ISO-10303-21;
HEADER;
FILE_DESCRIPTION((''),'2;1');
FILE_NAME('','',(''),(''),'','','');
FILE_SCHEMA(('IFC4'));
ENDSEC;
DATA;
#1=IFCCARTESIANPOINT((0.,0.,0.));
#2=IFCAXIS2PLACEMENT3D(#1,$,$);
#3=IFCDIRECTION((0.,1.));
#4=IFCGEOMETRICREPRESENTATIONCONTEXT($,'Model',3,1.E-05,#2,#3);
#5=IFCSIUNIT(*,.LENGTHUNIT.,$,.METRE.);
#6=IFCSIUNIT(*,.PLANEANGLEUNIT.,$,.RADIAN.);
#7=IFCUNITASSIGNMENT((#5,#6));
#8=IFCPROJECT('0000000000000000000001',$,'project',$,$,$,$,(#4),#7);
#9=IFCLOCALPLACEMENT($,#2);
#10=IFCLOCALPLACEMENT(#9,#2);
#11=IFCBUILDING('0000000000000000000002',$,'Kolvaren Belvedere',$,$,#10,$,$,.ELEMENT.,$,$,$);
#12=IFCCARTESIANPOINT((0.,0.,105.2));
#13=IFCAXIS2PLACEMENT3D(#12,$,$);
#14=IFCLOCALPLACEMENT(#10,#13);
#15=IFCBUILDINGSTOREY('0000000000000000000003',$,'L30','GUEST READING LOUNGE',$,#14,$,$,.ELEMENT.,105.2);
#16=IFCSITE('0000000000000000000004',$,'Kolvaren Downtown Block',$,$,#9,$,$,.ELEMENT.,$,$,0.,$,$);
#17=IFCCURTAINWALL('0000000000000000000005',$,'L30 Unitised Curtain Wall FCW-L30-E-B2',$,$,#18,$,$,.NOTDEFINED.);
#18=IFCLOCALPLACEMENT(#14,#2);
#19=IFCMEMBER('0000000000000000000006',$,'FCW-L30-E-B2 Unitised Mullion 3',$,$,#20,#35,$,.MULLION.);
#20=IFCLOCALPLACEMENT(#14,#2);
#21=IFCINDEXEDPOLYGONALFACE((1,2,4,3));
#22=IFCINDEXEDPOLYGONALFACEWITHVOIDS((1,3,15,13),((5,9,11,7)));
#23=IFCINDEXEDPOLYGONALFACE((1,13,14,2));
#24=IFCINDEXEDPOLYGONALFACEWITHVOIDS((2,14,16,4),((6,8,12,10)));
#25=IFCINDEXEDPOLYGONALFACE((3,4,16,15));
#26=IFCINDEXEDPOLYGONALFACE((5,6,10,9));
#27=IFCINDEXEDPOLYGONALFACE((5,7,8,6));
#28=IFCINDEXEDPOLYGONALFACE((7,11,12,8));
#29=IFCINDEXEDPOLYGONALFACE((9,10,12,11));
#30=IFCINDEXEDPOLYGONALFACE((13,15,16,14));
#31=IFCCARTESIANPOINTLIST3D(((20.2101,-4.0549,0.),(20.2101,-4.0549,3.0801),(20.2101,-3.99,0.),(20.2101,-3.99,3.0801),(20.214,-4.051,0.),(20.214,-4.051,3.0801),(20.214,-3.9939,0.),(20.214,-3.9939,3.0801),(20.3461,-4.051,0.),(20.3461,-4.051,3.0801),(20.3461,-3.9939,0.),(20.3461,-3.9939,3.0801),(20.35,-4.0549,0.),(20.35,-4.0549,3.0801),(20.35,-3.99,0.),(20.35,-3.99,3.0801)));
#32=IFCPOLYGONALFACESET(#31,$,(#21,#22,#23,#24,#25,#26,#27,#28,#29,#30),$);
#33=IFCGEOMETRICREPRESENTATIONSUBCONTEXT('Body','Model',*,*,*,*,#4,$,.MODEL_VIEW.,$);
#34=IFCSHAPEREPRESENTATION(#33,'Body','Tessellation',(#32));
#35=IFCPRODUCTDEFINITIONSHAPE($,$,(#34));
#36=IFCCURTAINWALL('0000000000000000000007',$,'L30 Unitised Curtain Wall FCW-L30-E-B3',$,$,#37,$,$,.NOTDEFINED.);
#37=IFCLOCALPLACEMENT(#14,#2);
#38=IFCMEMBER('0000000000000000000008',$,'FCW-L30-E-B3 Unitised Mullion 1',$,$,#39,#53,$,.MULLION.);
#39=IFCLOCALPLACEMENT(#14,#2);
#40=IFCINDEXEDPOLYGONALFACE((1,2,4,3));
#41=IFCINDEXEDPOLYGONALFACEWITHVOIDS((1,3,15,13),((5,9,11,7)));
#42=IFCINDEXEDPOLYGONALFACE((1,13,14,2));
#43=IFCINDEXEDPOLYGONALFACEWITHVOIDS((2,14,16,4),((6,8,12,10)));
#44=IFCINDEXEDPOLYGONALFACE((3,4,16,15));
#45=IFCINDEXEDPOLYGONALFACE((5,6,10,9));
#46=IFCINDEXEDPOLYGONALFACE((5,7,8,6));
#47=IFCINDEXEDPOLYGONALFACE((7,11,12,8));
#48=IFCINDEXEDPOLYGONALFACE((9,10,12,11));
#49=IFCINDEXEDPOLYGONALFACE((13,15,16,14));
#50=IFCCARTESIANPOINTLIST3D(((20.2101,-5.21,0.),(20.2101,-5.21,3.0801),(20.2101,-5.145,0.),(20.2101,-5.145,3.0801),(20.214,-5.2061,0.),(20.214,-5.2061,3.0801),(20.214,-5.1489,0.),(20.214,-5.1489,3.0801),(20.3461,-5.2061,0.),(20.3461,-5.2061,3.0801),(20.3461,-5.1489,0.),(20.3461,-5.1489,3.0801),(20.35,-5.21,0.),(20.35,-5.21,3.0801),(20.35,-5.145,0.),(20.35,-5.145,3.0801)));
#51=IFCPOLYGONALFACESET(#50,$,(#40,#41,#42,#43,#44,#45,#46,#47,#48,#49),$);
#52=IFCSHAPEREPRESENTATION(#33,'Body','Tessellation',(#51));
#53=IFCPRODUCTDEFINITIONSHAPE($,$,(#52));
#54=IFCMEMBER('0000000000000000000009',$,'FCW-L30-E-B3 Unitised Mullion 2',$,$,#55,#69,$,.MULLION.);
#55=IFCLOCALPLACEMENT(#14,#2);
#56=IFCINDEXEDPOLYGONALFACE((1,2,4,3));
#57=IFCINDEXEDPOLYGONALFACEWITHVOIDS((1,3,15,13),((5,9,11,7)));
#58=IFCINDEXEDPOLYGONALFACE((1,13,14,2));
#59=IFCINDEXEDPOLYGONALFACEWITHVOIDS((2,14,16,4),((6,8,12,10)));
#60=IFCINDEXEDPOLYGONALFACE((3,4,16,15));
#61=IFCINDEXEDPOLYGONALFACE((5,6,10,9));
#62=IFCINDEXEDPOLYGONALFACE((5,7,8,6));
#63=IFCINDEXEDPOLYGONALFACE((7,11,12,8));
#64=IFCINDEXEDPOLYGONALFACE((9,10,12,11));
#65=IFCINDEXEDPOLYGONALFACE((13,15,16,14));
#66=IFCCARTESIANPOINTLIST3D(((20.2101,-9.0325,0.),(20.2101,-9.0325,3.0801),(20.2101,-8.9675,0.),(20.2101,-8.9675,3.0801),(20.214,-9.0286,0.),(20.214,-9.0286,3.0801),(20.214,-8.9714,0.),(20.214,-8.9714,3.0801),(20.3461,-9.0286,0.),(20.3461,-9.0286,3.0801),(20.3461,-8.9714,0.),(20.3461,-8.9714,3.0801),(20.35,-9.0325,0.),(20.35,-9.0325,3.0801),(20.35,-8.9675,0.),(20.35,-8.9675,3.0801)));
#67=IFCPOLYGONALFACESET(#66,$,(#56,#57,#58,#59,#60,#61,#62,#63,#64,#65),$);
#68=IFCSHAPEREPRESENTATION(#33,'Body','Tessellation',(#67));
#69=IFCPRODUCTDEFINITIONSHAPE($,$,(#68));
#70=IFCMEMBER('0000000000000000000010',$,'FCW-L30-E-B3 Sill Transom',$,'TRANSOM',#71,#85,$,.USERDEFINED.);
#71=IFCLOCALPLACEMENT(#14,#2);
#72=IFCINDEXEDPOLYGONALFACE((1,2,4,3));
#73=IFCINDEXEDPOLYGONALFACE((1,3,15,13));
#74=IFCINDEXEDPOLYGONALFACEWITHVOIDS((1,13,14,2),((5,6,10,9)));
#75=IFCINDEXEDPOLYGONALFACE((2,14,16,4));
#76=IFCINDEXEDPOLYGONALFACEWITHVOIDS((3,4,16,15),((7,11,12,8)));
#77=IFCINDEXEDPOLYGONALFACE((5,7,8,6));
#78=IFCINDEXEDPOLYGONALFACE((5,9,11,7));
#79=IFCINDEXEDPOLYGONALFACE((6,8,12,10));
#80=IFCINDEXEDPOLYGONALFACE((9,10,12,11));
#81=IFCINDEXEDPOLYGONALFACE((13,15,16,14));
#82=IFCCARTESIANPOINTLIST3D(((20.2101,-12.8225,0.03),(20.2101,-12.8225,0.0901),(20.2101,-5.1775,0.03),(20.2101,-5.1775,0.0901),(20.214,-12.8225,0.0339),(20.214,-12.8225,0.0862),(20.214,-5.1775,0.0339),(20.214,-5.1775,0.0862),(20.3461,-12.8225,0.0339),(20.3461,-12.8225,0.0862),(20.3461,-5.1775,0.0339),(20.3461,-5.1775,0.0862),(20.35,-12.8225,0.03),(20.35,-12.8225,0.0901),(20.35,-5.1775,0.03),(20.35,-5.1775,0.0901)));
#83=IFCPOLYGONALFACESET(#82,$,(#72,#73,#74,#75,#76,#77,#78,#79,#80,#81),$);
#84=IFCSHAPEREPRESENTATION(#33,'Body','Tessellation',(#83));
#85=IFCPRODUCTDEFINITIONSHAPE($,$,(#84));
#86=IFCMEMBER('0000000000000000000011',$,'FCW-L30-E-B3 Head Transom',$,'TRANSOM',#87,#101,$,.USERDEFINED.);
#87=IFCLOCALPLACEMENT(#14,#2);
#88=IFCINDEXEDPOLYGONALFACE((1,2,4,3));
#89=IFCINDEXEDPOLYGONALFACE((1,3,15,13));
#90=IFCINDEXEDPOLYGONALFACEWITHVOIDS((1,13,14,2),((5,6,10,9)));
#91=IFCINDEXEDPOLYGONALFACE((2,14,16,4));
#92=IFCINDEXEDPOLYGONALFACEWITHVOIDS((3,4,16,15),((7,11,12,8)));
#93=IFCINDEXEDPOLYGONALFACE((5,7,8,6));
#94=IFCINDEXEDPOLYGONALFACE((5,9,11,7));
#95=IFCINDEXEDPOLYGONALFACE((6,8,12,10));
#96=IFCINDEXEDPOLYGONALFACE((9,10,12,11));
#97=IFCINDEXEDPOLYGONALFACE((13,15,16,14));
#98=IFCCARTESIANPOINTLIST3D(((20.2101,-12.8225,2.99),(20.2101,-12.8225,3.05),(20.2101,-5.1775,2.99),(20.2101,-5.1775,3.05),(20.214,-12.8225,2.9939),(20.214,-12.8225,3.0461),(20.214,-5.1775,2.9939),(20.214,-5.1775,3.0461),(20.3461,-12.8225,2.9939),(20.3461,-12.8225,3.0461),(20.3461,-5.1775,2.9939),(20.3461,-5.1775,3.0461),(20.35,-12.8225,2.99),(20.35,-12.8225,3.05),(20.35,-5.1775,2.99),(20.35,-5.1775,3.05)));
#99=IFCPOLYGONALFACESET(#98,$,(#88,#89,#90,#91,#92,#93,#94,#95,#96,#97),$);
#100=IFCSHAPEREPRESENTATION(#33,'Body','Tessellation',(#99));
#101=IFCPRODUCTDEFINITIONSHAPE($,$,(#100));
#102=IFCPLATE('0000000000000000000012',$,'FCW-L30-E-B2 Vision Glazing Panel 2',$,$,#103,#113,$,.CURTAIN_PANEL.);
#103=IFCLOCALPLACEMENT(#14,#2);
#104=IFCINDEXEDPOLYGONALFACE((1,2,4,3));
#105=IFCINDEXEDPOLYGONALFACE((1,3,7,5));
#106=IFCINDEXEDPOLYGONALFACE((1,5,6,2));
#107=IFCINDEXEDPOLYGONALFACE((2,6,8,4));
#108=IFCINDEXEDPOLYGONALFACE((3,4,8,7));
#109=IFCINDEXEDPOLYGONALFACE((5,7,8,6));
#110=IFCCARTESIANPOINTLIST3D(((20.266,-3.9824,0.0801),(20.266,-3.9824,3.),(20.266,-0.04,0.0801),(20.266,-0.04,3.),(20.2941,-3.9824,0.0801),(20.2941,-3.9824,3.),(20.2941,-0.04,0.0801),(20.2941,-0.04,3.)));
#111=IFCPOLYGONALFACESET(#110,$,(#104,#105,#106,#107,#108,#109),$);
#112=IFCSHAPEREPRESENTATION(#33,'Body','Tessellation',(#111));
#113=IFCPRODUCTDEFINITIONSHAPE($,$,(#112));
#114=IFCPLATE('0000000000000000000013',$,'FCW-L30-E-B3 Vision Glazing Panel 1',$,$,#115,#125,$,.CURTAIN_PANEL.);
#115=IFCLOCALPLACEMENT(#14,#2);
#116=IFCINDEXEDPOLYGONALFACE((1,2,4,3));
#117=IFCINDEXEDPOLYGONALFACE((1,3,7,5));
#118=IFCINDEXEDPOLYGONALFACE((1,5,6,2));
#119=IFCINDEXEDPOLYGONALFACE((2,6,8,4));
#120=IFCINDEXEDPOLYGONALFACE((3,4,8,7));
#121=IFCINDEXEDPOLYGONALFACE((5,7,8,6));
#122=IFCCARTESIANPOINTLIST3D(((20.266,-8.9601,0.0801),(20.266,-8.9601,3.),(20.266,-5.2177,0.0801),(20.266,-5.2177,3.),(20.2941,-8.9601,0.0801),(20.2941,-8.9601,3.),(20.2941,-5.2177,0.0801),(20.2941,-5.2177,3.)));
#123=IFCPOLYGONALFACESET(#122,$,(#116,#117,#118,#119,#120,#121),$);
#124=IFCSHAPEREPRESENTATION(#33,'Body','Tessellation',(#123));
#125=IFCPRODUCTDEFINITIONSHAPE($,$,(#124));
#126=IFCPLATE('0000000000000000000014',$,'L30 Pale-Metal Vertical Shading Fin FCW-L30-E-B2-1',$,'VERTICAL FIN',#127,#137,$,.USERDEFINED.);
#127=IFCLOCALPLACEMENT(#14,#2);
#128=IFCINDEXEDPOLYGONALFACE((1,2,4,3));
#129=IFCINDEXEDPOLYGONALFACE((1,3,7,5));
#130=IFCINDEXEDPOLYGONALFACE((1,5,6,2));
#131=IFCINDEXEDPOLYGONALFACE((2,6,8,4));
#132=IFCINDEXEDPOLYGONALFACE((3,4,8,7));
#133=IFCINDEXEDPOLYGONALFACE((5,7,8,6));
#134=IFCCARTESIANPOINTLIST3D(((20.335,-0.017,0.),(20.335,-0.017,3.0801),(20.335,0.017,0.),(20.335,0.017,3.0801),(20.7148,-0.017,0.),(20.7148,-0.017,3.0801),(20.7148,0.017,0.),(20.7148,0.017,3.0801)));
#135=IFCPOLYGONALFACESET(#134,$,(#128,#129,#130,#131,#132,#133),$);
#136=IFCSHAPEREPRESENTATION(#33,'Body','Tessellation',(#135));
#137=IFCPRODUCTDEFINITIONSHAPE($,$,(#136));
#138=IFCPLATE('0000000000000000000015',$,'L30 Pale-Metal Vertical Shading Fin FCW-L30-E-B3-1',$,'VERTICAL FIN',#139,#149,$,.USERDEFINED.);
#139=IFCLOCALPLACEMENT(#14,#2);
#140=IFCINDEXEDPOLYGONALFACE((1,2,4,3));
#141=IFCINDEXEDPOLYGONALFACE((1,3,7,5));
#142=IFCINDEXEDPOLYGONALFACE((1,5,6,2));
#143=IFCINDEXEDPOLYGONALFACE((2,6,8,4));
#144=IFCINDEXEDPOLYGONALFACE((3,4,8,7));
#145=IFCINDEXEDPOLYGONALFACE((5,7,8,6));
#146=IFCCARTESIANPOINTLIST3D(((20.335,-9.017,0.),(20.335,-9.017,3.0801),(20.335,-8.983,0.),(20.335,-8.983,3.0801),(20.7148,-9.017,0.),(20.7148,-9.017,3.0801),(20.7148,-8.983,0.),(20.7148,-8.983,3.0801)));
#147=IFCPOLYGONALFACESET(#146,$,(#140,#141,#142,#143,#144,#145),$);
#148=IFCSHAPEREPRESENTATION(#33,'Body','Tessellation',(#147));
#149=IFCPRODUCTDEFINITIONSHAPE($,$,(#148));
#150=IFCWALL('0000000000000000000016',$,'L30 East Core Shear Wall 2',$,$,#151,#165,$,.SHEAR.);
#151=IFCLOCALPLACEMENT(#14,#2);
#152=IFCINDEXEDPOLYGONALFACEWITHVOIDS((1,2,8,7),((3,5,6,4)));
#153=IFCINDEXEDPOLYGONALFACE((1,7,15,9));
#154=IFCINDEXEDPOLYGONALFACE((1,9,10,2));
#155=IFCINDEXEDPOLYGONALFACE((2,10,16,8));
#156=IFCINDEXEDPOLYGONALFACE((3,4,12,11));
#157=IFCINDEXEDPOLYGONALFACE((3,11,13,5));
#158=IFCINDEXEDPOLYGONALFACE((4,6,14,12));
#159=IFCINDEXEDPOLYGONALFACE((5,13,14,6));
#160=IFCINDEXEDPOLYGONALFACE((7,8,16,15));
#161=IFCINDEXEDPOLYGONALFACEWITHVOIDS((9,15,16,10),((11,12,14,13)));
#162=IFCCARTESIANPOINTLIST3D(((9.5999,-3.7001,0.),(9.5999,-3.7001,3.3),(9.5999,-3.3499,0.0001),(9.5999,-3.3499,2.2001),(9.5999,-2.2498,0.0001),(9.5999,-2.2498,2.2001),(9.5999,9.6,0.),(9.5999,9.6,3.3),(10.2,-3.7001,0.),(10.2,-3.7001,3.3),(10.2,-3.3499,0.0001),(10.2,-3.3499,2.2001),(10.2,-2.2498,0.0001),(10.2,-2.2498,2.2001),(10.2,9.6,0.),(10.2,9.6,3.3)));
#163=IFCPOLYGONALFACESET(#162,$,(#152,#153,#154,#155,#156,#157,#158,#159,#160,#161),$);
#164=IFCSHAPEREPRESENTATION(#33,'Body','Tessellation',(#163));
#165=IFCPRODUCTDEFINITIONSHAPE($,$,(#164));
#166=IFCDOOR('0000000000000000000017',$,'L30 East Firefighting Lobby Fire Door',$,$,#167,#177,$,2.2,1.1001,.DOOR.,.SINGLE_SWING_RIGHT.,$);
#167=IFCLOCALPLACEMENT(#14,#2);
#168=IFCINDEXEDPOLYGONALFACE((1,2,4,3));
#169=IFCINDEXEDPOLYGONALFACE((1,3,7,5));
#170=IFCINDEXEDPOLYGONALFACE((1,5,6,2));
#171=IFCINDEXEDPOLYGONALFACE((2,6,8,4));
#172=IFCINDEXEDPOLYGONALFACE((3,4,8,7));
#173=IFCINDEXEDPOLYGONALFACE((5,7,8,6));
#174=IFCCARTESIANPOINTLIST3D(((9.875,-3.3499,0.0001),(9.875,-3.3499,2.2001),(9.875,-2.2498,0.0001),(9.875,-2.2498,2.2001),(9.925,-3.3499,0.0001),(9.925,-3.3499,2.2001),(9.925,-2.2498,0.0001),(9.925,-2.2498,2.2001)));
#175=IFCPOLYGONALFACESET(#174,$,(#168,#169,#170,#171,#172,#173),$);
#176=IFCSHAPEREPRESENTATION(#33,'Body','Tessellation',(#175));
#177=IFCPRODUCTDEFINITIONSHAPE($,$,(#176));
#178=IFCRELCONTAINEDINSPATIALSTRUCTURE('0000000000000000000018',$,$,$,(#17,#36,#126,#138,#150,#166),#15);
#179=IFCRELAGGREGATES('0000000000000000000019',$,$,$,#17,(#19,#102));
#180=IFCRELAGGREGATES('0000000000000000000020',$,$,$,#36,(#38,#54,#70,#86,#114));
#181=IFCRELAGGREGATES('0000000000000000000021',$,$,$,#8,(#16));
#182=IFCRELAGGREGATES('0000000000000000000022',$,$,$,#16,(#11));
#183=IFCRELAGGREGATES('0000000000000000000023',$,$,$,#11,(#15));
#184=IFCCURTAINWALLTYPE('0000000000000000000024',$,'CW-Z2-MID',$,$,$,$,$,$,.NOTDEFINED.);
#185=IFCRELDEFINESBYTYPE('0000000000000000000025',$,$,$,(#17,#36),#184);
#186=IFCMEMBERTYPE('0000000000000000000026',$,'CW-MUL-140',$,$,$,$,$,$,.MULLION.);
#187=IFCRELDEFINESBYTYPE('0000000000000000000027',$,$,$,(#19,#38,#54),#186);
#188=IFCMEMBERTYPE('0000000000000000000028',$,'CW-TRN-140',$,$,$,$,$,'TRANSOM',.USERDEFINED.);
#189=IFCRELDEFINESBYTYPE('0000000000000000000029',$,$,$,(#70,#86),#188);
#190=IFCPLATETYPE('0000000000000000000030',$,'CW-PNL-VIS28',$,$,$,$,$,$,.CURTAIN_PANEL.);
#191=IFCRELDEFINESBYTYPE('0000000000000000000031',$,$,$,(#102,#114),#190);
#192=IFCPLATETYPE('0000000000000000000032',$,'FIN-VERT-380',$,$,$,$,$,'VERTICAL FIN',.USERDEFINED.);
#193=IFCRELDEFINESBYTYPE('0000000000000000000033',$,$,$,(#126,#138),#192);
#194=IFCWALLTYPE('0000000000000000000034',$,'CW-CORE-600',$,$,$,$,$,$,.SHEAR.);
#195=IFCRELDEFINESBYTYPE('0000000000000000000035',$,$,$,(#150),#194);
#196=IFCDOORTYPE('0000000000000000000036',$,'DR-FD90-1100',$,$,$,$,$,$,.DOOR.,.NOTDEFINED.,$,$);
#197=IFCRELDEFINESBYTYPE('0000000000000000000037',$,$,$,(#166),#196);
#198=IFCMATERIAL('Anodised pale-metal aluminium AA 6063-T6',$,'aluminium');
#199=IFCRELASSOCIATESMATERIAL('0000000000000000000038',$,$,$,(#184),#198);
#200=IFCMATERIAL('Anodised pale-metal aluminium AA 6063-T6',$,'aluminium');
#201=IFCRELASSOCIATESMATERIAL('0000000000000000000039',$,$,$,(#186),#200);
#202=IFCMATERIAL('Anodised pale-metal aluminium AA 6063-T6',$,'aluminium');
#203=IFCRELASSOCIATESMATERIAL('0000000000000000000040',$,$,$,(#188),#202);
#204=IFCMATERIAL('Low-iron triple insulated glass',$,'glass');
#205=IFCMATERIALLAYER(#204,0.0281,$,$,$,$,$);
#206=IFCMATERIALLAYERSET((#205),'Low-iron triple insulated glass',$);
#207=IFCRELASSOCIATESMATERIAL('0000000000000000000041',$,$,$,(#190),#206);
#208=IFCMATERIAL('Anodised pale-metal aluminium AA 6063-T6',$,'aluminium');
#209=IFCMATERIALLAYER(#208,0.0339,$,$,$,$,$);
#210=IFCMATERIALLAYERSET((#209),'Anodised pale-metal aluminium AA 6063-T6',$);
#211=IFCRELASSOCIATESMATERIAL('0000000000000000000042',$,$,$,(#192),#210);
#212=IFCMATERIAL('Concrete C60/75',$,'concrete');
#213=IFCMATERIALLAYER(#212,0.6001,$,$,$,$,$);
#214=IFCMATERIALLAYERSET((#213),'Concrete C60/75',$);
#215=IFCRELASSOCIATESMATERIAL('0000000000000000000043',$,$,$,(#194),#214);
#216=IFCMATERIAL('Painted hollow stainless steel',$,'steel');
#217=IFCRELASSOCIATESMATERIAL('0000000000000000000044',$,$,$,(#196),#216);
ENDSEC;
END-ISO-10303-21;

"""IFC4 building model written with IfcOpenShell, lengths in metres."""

from ifc_helpers import new_model, si_unit, direction, frame, frame_2d, origin, origin_2d, place, context, subcontext, project, spatial, rectangle, hollow_rectangle, extrude, material, layer, layer_set, material_profile, profile_set, type_object, element, fill, aggregate, save


model = new_model("IFC4")

# Units and contexts
model_context = context("Model", 3, precision=1e-05, world=origin(), true_north=direction((0.0, 1.0)))
body_context = subcontext(model_context, "Body", "Model", "MODEL_VIEW")
ifc_project = project(units=[si_unit("LENGTHUNIT", "METRE"), si_unit("PLANEANGLEUNIT", "RADIAN")], contexts=[model_context])

# Site, building, storey
site_placement = place(None, origin())
site = spatial("IfcSite", under=ifc_project, at=site_placement, Name="Kolvaren Downtown Block", CompositionType="ELEMENT", RefElevation=0.0)
building_placement = place(site_placement, origin())
building = spatial("IfcBuilding", under=site, at=building_placement, Name="Kolvaren Belvedere", CompositionType="ELEMENT")
storey_placement = place(building_placement, frame((0.0, 0.0, 105.2)))
storey = spatial("IfcBuildingStorey", under=building, at=storey_placement, Name="L30", Description="GUEST READING LOUNGE", CompositionType="ELEMENT", Elevation=105.2)

# Curtain walls, members
ifc_material_1 = material(Name="Anodised pale-metal aluminium AA 6063-T6", Category="aluminium")
curtain_wall_type = type_object("IfcCurtainWallType", Name="CW-Z2-MID", PredefinedType="NOTDEFINED", material=ifc_material_1)
curtain_wall_1_placement = place(storey_placement, origin())
curtain_wall_1 = element("IfcCurtainWall", 1, at=curtain_wall_1_placement, inside=storey, type_object=curtain_wall_type, Name="L30 Unitised Curtain Wall FCW-L30-E-B2", PredefinedType="NOTDEFINED")
ifc_material_2 = material(Name="Anodised pale-metal aluminium AA 6063-T6", Category="aluminium")
ifc_material_profile_1 = material_profile(ifc_material_2, hollow_rectangle(XDim=0.0649, YDim=0.1399, WallThickness=0.0039, at=origin_2d()), Name="ALU-MUL-140X65")
ifc_profile_set_1 = profile_set([ifc_material_profile_1], Name="Anodised pale-metal aluminium AA 6063-T6")
member_type_1 = type_object("IfcMemberType", Name="CW-MUL-140", PredefinedType="MULLION", material=ifc_profile_set_1)
member_1_placement = place(storey_placement, frame((20.28, -4.0225, 0.0), z_axis=(0.0, 0.0, 1.0), x_axis=(0.0, 1.0, 0.0)))
member_1 = element("IfcMember", 2, at=member_1_placement, type_object=member_type_1, Name="FCW-L30-E-B2 Unitised Mullion 3", PredefinedType="MULLION", context=body_context, shape_type="SweptSolid", body=[
    extrude(hollow_rectangle(XDim=0.0649, YDim=0.1399, WallThickness=0.0039, at=origin_2d()), origin(), (0.0, 0.0, 1.0), 3.0801),
])
curtain_wall_2_placement = place(storey_placement, origin())
curtain_wall_2 = element("IfcCurtainWall", 3, at=curtain_wall_2_placement, inside=storey, type_object=curtain_wall_type, Name="L30 Unitised Curtain Wall FCW-L30-E-B3", PredefinedType="NOTDEFINED")
member_2_placement = place(storey_placement, frame((20.28, -5.1775, 0.0), z_axis=(0.0, 0.0, 1.0), x_axis=(0.0, 1.0, 0.0)))
member_2 = element("IfcMember", 4, at=member_2_placement, type_object=member_type_1, Name="FCW-L30-E-B3 Unitised Mullion 1", PredefinedType="MULLION", context=body_context, shape_type="SweptSolid", body=[
    extrude(hollow_rectangle(XDim=0.0649, YDim=0.1399, WallThickness=0.0039, at=origin_2d()), origin(), (0.0, 0.0, 1.0), 3.0801),
])
member_3_placement = place(storey_placement, frame((20.28, -9.0, 0.0), z_axis=(0.0, 0.0, 1.0), x_axis=(0.0, 1.0, 0.0)))
member_3 = element("IfcMember", 5, at=member_3_placement, type_object=member_type_1, Name="FCW-L30-E-B3 Unitised Mullion 2", PredefinedType="MULLION", context=body_context, shape_type="SweptSolid", body=[
    extrude(hollow_rectangle(XDim=0.0649, YDim=0.1399, WallThickness=0.0039, at=origin_2d()), origin(), (0.0, 0.0, 1.0), 3.0801),
])
ifc_material_3 = material(Name="Anodised pale-metal aluminium AA 6063-T6", Category="aluminium")
ifc_material_profile_2 = material_profile(ifc_material_3, hollow_rectangle(XDim=0.0601, YDim=0.1399, WallThickness=0.0039, at=origin_2d()), Name="ALU-TRN-140X60")
ifc_profile_set_2 = profile_set([ifc_material_profile_2], Name="Anodised pale-metal aluminium AA 6063-T6")
member_type_2 = type_object("IfcMemberType", Name="CW-TRN-140", ElementType="TRANSOM", PredefinedType="USERDEFINED", material=ifc_profile_set_2)
member_4_placement = place(storey_placement, frame((20.28, -5.1775, 0.0601), z_axis=(0.0, -1.0, 0.0), x_axis=(0.0, 0.0, 1.0)))
member_4 = element("IfcMember", 6, at=member_4_placement, type_object=member_type_2, Name="FCW-L30-E-B3 Sill Transom", ObjectType="TRANSOM", PredefinedType="USERDEFINED", context=body_context, shape_type="SweptSolid", body=[
    extrude(hollow_rectangle(XDim=0.0601, YDim=0.1399, WallThickness=0.0039, at=origin_2d()), origin(), (0.0, 0.0, 1.0), 7.645),
])
member_5_placement = place(storey_placement, frame((20.28, -5.1775, 3.02), z_axis=(0.0, -1.0, 0.0), x_axis=(0.0, 0.0, 1.0)))
member_5 = element("IfcMember", 7, at=member_5_placement, type_object=member_type_2, Name="FCW-L30-E-B3 Head Transom", ObjectType="TRANSOM", PredefinedType="USERDEFINED", context=body_context, shape_type="SweptSolid", body=[
    extrude(hollow_rectangle(XDim=0.0601, YDim=0.1399, WallThickness=0.0039, at=origin_2d()), origin(), (0.0, 0.0, 1.0), 7.645),
])

# Plates
ifc_material_4 = material(Name="Low-iron triple insulated glass", Category="glass")
ifc_layer_1 = layer(ifc_material_4, 0.0281)
ifc_layer_set_1 = layer_set([ifc_layer_1], Name="Low-iron triple insulated glass")
plate_type_1 = type_object("IfcPlateType", Name="CW-PNL-VIS28", PredefinedType="CURTAIN_PANEL", material=ifc_layer_set_1)
plate_1_placement = place(storey_placement, frame((20.28, -2.0112, 0.0801), z_axis=(0.0, 0.0, 1.0), x_axis=(0.0, -1.0, 0.0)))
plate_1 = element("IfcPlate", 8, at=plate_1_placement, type_object=plate_type_1, Name="FCW-L30-E-B2 Vision Glazing Panel 2", PredefinedType="CURTAIN_PANEL", context=body_context, shape_type="SweptSolid", body=[
    extrude(rectangle(XDim=3.9424, YDim=0.0281, at=origin_2d()), origin(), (0.0, 0.0, 1.0), 2.9199),
])
aggregate(curtain_wall_1, [member_1, plate_1])
plate_2_placement = place(storey_placement, frame((20.28, -7.0889, 0.0801), z_axis=(0.0, 0.0, 1.0), x_axis=(0.0, -1.0, 0.0)))
plate_2 = element("IfcPlate", 9, at=plate_2_placement, type_object=plate_type_1, Name="FCW-L30-E-B3 Vision Glazing Panel 1", PredefinedType="CURTAIN_PANEL", context=body_context, shape_type="SweptSolid", body=[
    extrude(rectangle(XDim=3.7424, YDim=0.0281, at=origin_2d()), origin(), (0.0, 0.0, 1.0), 2.9199),
])
aggregate(curtain_wall_2, [member_2, member_3, member_4, member_5, plate_2])

# Plates
ifc_material_5 = material(Name="Anodised pale-metal aluminium AA 6063-T6", Category="aluminium")
ifc_layer_2 = layer(ifc_material_5, 0.0339)
ifc_layer_set_2 = layer_set([ifc_layer_2], Name="Anodised pale-metal aluminium AA 6063-T6")
plate_type_2 = type_object("IfcPlateType", Name="FIN-VERT-380", ElementType="VERTICAL FIN", PredefinedType="USERDEFINED", material=ifc_layer_set_2)
for number, where, z_axis, x_axis, name in (
    (10, (20.5249, 0.0, 0.0), (0.0, 0.0, 1.0), (1.0, 0.0, 0.0), "L30 Pale-Metal Vertical Shading Fin FCW-L30-E-B2-1"),
    (11, (20.5249, -9.0, 0.0), (0.0, 0.0, 1.0), (1.0, 0.0, 0.0), "L30 Pale-Metal Vertical Shading Fin FCW-L30-E-B3-1"),
):
    element("IfcPlate", number, at=place(storey_placement, frame(where, z_axis=z_axis, x_axis=x_axis)), inside=storey, type_object=plate_type_2, Name=name, ObjectType="VERTICAL FIN", PredefinedType="USERDEFINED", context=body_context, shape_type="SweptSolid", body=[
        extrude(rectangle(XDim=0.3799, YDim=0.0339, at=origin_2d()), origin(), (0.0, 0.0, 1.0), 3.0801),
    ])

# Wall, opening, door
ifc_material_6 = material(Name="Concrete C60/75", Category="concrete")
ifc_layer_3 = layer(ifc_material_6, 0.6001)
ifc_layer_set_3 = layer_set([ifc_layer_3], Name="Concrete C60/75")
wall_type_1 = type_object("IfcWallType", Name="CW-CORE-600", PredefinedType="SHEAR", material=ifc_layer_set_3)
wall_1_placement = place(storey_placement, frame((9.8999, -3.7, 0.0), z_axis=(0.0, 0.0, 1.0), x_axis=(0.0, 1.0, 0.0)))
wall_1 = element("IfcWall", 12, at=wall_1_placement, inside=storey, type_object=wall_type_1, Name="L30 East Core Shear Wall 2", PredefinedType="SHEAR", context=body_context, shape_type="SweptSolid", body=[
    extrude(rectangle(XDim=13.3, YDim=0.6001, at=frame_2d((6.6499, 0.0))), origin(), (0.0, 0.0, 1.0), 3.3),
])
opening_1_placement = place(wall_1_placement, frame((0.3501, 0.0, 0.0)))
opening_1 = element("IfcOpeningElement", 13, at=opening_1_placement, cuts=wall_1, PredefinedType="OPENING", context=body_context, shape_type="SweptSolid", body=[
    extrude(rectangle(XDim=1.1001, YDim=2.2, at=frame_2d((0.55, 1.1001))), frame((0.0, 0.3101, 0.0), z_axis=(0.0, -1.0, 0.0), x_axis=(1.0, 0.0, 0.0)), (0.0, 0.0, 1.0), 0.6201),
])
ifc_material_7 = material(Name="Painted hollow stainless steel", Category="steel")
door_type_1 = type_object("IfcDoorType", Name="DR-FD90-1100", OperationType="NOTDEFINED", PredefinedType="DOOR", material=ifc_material_7)
door_1_placement = place(opening_1_placement, origin())
door_1 = element("IfcDoor", 14, at=door_1_placement, inside=storey, type_object=door_type_1, Name="L30 East Firefighting Lobby Fire Door", OperationType="SINGLE_SWING_RIGHT", OverallHeight=2.2, OverallWidth=1.1001, PredefinedType="DOOR", context=body_context, shape_type="SweptSolid", body=[
    extrude(rectangle(XDim=1.1001, YDim=2.2, at=frame_2d((0.55, 1.1001))), frame((0.0, 0.0249, 0.0), z_axis=(0.0, -1.0, 0.0), x_axis=(1.0, 0.0, 0.0)), (0.0, 0.0, 1.0), 0.05),
])
fill(opening_1, door_1)

save(model, "model.ifc")
